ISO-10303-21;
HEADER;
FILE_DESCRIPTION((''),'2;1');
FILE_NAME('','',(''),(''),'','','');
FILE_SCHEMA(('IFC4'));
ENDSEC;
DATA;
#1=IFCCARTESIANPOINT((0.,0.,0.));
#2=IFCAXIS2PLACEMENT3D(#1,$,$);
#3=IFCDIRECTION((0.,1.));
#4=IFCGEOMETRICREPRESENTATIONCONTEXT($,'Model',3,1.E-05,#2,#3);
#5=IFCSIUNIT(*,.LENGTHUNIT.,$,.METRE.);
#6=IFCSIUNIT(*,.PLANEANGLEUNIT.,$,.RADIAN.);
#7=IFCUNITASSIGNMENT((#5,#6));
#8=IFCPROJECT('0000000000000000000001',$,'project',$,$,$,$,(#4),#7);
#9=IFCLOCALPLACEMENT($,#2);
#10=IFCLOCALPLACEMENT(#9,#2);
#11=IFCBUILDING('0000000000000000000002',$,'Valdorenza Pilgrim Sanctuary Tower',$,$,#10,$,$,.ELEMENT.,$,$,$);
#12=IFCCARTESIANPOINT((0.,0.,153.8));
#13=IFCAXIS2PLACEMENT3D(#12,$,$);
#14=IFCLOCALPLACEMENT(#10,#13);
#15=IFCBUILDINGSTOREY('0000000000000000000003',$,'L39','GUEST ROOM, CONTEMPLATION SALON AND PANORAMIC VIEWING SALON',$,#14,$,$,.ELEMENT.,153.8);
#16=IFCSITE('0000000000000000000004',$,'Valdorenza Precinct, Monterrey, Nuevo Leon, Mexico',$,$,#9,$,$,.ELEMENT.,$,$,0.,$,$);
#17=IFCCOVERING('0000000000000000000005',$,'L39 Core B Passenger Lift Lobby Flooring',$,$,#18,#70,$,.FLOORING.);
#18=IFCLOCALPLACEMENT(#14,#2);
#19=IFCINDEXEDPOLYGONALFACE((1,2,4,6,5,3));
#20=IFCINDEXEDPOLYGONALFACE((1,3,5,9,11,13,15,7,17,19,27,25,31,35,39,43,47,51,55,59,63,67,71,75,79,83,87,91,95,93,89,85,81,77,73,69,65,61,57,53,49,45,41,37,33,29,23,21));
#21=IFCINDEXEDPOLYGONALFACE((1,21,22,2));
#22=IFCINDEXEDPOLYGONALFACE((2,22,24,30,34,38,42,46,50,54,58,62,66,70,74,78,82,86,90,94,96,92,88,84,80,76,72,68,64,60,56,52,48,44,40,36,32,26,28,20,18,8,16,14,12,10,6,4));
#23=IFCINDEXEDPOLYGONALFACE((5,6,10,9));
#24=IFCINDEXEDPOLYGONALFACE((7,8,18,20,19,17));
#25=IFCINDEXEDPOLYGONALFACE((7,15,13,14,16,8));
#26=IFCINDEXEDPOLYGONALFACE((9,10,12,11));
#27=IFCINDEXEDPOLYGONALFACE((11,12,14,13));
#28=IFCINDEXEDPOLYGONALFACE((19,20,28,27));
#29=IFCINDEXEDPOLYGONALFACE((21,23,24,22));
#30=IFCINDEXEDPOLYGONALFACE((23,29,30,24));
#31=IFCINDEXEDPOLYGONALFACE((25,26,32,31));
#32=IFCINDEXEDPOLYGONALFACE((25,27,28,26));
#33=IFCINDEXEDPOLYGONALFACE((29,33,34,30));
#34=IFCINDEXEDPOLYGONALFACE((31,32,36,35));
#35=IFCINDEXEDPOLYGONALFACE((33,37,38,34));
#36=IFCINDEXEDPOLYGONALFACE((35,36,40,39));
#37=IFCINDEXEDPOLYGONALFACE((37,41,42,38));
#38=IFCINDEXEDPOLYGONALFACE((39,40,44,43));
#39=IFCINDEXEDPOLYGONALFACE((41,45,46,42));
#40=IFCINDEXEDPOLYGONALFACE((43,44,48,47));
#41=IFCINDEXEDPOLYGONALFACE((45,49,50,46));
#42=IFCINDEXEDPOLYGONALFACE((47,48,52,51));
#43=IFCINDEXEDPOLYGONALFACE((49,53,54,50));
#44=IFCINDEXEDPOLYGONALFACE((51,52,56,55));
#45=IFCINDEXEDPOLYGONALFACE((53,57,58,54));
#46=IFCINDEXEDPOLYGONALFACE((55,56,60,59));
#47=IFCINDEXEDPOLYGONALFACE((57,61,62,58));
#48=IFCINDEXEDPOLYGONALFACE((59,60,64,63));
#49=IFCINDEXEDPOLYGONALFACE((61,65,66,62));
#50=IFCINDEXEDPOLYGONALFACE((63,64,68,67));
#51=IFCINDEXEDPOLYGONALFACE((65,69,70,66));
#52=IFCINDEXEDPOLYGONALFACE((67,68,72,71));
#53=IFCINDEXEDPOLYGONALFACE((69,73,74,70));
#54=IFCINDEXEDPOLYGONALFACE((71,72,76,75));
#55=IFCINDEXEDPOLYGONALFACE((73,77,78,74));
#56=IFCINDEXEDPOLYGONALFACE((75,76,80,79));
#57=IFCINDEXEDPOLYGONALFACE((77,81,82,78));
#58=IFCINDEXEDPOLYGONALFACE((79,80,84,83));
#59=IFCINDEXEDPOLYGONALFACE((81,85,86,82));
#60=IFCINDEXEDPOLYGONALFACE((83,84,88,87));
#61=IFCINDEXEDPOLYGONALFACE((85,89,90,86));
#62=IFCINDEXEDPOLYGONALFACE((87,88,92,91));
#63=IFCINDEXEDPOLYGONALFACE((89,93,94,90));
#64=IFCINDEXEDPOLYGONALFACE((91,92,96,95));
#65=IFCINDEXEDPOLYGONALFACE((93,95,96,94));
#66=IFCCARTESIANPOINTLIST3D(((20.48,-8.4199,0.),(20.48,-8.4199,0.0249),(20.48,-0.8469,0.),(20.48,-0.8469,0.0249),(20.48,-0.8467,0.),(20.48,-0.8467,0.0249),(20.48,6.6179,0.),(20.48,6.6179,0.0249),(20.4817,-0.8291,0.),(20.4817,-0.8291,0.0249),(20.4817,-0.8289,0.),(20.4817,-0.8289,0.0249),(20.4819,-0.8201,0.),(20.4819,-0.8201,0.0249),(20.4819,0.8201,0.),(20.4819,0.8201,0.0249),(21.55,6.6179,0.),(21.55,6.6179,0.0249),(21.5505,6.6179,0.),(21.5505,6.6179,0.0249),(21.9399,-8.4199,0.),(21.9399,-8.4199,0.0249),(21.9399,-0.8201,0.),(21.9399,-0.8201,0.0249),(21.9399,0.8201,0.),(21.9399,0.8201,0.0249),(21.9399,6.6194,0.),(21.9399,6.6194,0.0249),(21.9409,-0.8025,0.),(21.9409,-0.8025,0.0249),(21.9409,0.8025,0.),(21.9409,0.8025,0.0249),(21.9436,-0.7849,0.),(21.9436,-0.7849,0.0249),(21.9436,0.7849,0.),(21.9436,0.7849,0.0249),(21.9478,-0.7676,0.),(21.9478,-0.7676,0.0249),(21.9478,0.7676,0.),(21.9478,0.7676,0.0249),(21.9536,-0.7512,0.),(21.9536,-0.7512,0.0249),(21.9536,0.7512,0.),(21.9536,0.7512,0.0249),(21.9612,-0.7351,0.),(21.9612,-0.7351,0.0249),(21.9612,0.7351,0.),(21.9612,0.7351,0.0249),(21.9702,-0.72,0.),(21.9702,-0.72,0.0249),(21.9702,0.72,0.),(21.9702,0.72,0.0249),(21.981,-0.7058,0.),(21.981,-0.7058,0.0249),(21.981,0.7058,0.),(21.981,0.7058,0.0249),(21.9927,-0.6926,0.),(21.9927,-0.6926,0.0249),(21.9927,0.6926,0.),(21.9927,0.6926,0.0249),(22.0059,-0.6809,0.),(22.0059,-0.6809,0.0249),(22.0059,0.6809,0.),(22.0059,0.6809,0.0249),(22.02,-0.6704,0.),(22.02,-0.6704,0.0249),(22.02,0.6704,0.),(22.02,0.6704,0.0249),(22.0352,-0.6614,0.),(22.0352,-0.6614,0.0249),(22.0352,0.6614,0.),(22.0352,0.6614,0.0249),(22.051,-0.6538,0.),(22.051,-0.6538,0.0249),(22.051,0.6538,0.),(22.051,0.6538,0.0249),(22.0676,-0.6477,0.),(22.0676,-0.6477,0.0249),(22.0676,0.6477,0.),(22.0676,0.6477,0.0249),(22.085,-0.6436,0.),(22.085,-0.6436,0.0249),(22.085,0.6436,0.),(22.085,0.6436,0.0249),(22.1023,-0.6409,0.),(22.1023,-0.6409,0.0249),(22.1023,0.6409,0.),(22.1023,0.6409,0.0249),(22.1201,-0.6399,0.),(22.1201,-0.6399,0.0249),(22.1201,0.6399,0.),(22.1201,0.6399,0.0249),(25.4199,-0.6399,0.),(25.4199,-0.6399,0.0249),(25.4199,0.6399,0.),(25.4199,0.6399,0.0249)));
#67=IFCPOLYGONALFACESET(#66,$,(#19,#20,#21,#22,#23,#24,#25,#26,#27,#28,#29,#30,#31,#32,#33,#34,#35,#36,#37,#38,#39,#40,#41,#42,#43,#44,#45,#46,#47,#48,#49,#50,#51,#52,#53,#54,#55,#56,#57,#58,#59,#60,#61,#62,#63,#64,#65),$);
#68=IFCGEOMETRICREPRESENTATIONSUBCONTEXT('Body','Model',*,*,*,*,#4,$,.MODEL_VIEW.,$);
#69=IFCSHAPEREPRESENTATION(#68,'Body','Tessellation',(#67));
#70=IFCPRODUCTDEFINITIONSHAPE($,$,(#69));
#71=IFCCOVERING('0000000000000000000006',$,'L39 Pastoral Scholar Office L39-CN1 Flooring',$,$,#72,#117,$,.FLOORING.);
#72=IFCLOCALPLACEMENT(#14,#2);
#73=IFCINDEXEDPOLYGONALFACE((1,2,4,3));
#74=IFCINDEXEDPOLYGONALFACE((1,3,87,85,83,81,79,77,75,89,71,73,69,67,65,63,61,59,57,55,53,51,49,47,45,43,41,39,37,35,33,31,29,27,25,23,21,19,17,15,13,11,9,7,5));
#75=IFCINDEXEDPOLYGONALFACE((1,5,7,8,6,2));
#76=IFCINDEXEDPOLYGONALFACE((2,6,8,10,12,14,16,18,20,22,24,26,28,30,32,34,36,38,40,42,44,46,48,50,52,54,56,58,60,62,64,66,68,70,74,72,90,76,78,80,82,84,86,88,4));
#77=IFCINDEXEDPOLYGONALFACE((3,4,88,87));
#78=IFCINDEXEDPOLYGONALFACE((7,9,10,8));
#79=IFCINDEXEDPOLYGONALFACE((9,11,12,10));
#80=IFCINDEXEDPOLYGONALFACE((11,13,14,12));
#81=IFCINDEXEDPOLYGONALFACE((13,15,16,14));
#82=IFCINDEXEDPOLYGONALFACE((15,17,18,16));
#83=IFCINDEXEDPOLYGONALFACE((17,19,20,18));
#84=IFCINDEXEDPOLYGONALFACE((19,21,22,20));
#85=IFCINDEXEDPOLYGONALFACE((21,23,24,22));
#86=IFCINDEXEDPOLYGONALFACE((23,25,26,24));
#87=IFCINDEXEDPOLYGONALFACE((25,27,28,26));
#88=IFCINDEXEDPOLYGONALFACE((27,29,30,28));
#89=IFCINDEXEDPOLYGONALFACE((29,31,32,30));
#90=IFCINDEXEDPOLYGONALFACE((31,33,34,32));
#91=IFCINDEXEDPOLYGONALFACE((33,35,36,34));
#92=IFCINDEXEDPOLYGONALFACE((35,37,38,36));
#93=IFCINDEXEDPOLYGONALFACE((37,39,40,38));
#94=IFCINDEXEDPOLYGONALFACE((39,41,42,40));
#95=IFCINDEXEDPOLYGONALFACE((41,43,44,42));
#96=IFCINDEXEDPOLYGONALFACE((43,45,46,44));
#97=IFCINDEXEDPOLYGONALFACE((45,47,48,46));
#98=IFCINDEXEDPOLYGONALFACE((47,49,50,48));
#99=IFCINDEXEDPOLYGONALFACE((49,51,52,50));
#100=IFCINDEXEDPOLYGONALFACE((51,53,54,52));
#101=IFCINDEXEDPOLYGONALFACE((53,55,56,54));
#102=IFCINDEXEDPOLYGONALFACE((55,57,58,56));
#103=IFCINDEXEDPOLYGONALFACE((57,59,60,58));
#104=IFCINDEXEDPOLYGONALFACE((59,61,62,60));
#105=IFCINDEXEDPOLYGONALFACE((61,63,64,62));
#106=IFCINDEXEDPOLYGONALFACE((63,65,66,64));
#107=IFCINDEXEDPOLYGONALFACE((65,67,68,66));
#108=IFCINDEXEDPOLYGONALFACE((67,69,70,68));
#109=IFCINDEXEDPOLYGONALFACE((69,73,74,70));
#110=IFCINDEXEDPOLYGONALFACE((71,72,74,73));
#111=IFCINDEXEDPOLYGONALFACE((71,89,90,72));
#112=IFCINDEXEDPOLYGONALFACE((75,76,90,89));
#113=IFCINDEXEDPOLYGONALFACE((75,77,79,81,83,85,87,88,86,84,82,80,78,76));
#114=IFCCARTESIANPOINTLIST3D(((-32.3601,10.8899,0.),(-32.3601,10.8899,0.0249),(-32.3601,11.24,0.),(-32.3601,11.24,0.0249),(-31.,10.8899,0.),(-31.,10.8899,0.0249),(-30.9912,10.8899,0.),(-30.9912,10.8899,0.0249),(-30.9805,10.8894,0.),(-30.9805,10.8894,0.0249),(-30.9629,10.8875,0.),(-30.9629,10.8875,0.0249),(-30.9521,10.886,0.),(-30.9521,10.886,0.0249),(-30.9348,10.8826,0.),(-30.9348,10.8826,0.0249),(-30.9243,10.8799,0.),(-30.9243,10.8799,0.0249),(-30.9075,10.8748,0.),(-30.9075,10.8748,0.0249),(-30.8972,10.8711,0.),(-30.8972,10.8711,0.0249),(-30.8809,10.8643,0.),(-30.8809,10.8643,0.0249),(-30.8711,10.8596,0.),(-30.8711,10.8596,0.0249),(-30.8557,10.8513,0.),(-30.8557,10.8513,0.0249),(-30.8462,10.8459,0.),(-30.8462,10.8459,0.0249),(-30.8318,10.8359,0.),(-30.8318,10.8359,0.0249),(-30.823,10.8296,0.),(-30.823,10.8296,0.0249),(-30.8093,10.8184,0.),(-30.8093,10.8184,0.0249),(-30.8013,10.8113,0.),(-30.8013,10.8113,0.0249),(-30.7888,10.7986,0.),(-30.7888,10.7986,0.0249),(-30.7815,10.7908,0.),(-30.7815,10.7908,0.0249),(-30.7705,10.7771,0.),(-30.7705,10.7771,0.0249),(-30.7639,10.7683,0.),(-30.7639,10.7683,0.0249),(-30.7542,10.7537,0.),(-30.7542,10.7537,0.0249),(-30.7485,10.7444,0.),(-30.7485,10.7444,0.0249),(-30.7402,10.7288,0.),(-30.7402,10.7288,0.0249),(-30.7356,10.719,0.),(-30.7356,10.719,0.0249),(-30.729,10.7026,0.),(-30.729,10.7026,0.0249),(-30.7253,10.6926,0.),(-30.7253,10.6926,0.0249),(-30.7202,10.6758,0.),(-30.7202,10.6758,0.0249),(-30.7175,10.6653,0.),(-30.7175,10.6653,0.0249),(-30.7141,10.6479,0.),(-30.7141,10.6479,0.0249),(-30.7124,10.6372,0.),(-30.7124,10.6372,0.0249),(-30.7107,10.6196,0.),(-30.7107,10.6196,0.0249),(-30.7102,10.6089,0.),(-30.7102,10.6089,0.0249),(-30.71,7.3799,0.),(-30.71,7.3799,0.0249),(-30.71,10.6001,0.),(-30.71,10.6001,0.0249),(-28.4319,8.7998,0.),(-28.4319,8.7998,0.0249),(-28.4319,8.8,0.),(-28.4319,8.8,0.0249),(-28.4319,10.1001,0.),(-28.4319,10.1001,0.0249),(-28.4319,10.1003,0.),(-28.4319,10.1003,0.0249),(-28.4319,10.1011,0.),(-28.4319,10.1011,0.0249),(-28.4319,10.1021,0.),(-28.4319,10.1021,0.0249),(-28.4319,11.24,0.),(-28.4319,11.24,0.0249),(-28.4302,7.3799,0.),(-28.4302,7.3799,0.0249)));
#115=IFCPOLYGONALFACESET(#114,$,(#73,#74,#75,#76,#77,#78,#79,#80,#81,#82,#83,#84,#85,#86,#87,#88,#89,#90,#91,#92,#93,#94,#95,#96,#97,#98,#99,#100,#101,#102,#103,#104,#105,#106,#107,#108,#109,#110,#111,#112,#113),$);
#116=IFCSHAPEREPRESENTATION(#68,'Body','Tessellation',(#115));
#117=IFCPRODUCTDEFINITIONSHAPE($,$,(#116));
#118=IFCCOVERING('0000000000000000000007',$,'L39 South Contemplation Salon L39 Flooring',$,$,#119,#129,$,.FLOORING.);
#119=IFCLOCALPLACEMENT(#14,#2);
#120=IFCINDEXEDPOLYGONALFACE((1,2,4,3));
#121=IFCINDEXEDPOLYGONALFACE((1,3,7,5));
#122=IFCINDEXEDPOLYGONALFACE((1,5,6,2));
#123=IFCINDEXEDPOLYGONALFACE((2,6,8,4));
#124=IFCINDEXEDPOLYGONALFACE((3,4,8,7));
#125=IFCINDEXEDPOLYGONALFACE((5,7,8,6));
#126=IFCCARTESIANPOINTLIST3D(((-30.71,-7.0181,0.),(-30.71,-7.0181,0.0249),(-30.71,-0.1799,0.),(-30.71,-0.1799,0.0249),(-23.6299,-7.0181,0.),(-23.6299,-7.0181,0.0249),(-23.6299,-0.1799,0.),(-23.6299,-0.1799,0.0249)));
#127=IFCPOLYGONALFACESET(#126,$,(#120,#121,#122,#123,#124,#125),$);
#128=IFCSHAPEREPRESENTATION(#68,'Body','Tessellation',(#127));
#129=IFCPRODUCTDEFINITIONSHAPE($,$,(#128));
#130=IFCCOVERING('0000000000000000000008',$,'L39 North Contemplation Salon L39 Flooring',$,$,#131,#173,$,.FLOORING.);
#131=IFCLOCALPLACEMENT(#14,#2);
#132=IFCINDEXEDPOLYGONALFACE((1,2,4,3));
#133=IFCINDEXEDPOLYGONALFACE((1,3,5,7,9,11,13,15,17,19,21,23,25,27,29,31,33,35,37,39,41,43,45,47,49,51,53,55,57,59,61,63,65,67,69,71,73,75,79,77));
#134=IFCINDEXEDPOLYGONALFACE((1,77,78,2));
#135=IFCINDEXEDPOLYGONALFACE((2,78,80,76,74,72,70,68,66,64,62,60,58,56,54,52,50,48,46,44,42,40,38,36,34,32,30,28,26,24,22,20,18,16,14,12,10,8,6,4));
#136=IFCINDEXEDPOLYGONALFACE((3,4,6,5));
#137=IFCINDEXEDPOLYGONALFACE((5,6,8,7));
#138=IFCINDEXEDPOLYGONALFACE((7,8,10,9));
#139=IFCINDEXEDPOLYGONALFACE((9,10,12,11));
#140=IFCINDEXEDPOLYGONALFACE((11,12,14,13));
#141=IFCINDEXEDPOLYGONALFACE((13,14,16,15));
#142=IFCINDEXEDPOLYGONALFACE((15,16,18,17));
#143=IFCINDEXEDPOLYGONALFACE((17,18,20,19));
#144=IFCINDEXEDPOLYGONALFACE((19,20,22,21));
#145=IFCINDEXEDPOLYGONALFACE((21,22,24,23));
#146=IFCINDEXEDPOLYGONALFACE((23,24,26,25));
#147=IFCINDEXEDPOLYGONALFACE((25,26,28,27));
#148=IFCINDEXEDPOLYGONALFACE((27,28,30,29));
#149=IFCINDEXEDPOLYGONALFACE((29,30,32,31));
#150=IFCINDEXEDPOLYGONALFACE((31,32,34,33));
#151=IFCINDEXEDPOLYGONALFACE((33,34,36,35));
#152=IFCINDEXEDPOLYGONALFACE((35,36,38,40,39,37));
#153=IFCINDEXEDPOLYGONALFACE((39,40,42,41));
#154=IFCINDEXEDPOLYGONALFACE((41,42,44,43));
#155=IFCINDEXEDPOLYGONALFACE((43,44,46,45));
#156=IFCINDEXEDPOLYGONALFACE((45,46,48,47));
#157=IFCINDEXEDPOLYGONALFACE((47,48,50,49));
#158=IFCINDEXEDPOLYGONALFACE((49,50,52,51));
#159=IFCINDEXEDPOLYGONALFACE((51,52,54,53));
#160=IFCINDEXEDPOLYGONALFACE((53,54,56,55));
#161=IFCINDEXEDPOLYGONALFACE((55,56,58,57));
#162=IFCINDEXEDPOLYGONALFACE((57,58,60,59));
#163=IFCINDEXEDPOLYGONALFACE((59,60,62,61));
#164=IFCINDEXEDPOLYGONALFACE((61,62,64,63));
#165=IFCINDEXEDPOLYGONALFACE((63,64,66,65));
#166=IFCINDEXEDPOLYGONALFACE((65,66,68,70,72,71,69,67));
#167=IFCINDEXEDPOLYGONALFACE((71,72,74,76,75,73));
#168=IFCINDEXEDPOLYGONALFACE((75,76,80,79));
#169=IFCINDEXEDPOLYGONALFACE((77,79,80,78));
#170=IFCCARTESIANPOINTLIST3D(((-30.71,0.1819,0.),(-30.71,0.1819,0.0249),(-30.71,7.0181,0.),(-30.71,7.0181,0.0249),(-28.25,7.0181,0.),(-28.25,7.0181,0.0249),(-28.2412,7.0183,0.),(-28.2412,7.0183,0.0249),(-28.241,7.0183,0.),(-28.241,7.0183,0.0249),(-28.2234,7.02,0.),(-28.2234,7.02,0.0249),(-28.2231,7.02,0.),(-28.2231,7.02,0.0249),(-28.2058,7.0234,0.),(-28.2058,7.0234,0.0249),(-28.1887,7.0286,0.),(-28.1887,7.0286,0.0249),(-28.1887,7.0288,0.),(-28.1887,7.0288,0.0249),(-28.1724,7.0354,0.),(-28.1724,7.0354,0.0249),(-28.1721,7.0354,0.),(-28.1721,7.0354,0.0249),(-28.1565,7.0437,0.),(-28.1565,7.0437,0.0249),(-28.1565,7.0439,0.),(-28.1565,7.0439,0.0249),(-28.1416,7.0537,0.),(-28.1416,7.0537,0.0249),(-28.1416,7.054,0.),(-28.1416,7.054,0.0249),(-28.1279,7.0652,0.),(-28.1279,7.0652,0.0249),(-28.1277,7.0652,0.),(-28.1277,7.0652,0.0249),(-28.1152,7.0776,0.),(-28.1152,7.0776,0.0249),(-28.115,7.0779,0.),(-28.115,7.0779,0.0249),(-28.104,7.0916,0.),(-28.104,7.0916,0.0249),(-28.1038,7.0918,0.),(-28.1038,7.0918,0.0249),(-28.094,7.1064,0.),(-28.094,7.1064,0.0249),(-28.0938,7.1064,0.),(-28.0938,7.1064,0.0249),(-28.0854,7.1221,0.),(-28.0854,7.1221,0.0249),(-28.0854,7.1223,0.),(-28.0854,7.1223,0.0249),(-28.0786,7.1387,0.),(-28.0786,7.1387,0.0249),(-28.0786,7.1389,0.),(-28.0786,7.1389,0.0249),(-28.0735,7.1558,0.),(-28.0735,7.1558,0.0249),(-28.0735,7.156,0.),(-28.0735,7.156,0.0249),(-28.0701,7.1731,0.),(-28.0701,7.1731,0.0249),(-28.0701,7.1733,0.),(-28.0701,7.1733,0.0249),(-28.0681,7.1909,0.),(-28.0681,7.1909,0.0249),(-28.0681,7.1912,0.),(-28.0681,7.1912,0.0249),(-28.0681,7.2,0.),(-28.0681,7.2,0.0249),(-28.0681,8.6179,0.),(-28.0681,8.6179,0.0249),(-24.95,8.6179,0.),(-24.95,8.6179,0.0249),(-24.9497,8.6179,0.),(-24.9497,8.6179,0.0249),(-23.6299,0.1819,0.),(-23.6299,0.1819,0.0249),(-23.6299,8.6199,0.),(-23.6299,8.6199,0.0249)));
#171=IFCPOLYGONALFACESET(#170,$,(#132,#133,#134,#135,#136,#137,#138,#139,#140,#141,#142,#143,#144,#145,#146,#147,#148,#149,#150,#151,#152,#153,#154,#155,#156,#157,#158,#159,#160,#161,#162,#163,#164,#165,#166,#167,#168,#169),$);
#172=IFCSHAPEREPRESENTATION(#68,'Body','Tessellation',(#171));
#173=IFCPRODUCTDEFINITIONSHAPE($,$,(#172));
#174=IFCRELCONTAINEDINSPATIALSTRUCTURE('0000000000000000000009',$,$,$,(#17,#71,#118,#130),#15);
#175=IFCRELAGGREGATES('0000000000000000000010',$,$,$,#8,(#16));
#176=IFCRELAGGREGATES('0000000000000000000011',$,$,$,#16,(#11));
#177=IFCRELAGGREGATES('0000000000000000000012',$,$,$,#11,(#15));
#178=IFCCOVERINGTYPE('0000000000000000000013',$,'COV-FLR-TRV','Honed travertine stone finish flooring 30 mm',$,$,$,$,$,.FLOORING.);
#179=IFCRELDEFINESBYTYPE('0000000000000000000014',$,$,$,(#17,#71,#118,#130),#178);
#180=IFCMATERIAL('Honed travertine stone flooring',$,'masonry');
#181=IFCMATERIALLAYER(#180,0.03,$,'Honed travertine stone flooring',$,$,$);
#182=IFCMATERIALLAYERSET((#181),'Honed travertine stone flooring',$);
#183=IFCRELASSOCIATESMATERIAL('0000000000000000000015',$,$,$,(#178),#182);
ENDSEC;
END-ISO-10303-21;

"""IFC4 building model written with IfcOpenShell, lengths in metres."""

from ifc_helpers import new_model, si_unit, direction, frame, origin, place, context, subcontext, project, spatial, polyline, outline, extrude, material, layer, layer_set, type_object, element, save


model = new_model("IFC4")

# Units and contexts
model_context = context("Model", 3, precision=1e-05, world=origin(), true_north=direction((0.0, 1.0)))
body_context = subcontext(model_context, "Body", "Model", "MODEL_VIEW")
ifc_project = project(units=[si_unit("LENGTHUNIT", "METRE"), si_unit("PLANEANGLEUNIT", "RADIAN")], contexts=[model_context])

# Site, building, storey
site_placement = place(None, origin())
site = spatial("IfcSite", under=ifc_project, at=site_placement, Name="Valdorenza Precinct, Monterrey, Nuevo Leon, Mexico", CompositionType="ELEMENT", RefElevation=0.0)
building_placement = place(site_placement, origin())
building = spatial("IfcBuilding", under=site, at=building_placement, Name="Valdorenza Pilgrim Sanctuary Tower", CompositionType="ELEMENT")
storey_placement = place(building_placement, frame((0.0, 0.0, 153.8)))
storey = spatial("IfcBuildingStorey", under=building, at=storey_placement, Name="L39", Description="GUEST ROOM, CONTEMPLATION SALON AND PANORAMIC VIEWING SALON", CompositionType="ELEMENT", Elevation=153.8)

# Coverings
ifc_material_1 = material(Name="Honed travertine stone flooring", Category="masonry")
ifc_layer_1 = layer(ifc_material_1, 0.03, Name="Honed travertine stone flooring")
ifc_layer_set_1 = layer_set([ifc_layer_1], Name="Honed travertine stone flooring")
covering_type_1 = type_object("IfcCoveringType", Name="COV-FLR-TRV", Description="Honed travertine stone finish flooring 30 mm", PredefinedType="FLOORING", material=ifc_layer_set_1)
covering_1_placement = place(storey_placement, origin())
element("IfcCovering", 1, at=covering_1_placement, inside=storey, type_object=covering_type_1, Name="L39 Core B Passenger Lift Lobby Flooring", PredefinedType="FLOORING", context=body_context, shape_type="SweptSolid", body=[
    extrude(outline(polyline([(20.48, 6.6179), (21.55, 6.6179), (21.5505, 6.6179), (21.9399, 6.6194), (21.9399, 0.8201), (21.9409, 0.8025), (21.9436, 0.7849), (21.9478, 0.7676), (21.9536, 0.7512), (21.9612, 0.7351), (21.9702, 0.72), (21.981, 0.7058), (21.9927, 0.6926), (22.0059, 0.6809), (22.02, 0.6704), (22.0352, 0.6614), (22.051, 0.6538), (22.0676, 0.6477), (22.085, 0.6436), (22.1023, 0.6409), (22.1201, 0.6399), (25.4199, 0.6399), (25.4199, -0.6399), (22.1201, -0.6399), (22.1023, -0.6409), (22.085, -0.6436), (22.0676, -0.6477), (22.051, -0.6538), (22.0352, -0.6614), (22.02, -0.6704), (22.0059, -0.6809), (21.9927, -0.6926), (21.981, -0.7058), (21.9702, -0.72), (21.9612, -0.7351), (21.9536, -0.7512), (21.9478, -0.7676), (21.9436, -0.7849), (21.9409, -0.8025), (21.9399, -0.8201), (21.9399, -8.4199), (20.48, -8.4199), (20.48, -0.8469), (20.48, -0.8467), (20.48, -0.8467), (20.4817, -0.8291), (20.4817, -0.8289), (20.4819, -0.8201), (20.4819, 0.8201), (20.48, 6.6179)])), origin(), (0.0, 0.0, 1.0), 0.0249),
])
covering_2_placement = place(storey_placement, origin())
element("IfcCovering", 2, at=covering_2_placement, inside=storey, type_object=covering_type_1, Name="L39 Pastoral Scholar Office L39-CN1 Flooring", PredefinedType="FLOORING", context=body_context, shape_type="SweptSolid", body=[
    extrude(outline(polyline([(-28.4319, 11.24), (-28.4319, 10.1021), (-28.4319, 10.1011), (-28.4319, 10.1003), (-28.4319, 10.1001), (-28.4319, 8.8), (-28.4319, 8.7998), (-28.4302, 7.3799), (-30.71, 7.3799), (-30.71, 10.6001), (-30.7102, 10.6089), (-30.7107, 10.6196), (-30.7124, 10.6372), (-30.7141, 10.6479), (-30.7175, 10.6653), (-30.7202, 10.6758), (-30.7253, 10.6926), (-30.729, 10.7026), (-30.7356, 10.719), (-30.7402, 10.7288), (-30.7485, 10.7444), (-30.7542, 10.7537), (-30.7639, 10.7683), (-30.7705, 10.7771), (-30.7815, 10.7908), (-30.7888, 10.7986), (-30.8013, 10.8113), (-30.8093, 10.8184), (-30.823, 10.8296), (-30.8318, 10.8359), (-30.8462, 10.8459), (-30.8557, 10.8513), (-30.8711, 10.8596), (-30.8809, 10.8643), (-30.8972, 10.8711), (-30.9075, 10.8748), (-30.9243, 10.8799), (-30.9348, 10.8826), (-30.9521, 10.886), (-30.9629, 10.8875), (-30.9805, 10.8894), (-30.9912, 10.8899), (-31.0, 10.8899), (-32.3601, 10.8899), (-32.3601, 11.24), (-28.4319, 11.24)])), origin(), (0.0, 0.0, 1.0), 0.0249),
])
covering_3_placement = place(storey_placement, origin())
element("IfcCovering", 3, at=covering_3_placement, inside=storey, type_object=covering_type_1, Name="L39 South Contemplation Salon L39 Flooring", PredefinedType="FLOORING", context=body_context, shape_type="SweptSolid", body=[
    extrude(outline(polyline([(-23.6299, -7.0181), (-30.71, -7.0181), (-30.71, -0.1799), (-23.6299, -0.1799), (-23.6299, -7.0181)])), origin(), (0.0, 0.0, 1.0), 0.0249),
])
covering_4_placement = place(storey_placement, origin())
element("IfcCovering", 4, at=covering_4_placement, inside=storey, type_object=covering_type_1, Name="L39 North Contemplation Salon L39 Flooring", PredefinedType="FLOORING", context=body_context, shape_type="SweptSolid", body=[
    extrude(outline(polyline([(-23.6299, 8.6199), (-23.6299, 0.1819), (-30.71, 0.1819), (-30.71, 7.0181), (-28.25, 7.0181), (-28.2412, 7.0183), (-28.241, 7.0183), (-28.2234, 7.02), (-28.2231, 7.02), (-28.2058, 7.0234), (-28.2058, 7.0234), (-28.1887, 7.0286), (-28.1887, 7.0288), (-28.1724, 7.0354), (-28.1721, 7.0354), (-28.1565, 7.0437), (-28.1565, 7.0439), (-28.1416, 7.0537), (-28.1416, 7.054), (-28.1279, 7.0652), (-28.1277, 7.0652), (-28.1152, 7.0776), (-28.115, 7.0779), (-28.104, 7.0916), (-28.1038, 7.0918), (-28.094, 7.1064), (-28.0938, 7.1064), (-28.0854, 7.1221), (-28.0854, 7.1223), (-28.0786, 7.1387), (-28.0786, 7.1389), (-28.0735, 7.1558), (-28.0735, 7.156), (-28.0701, 7.1731), (-28.0701, 7.1733), (-28.0681, 7.1909), (-28.0681, 7.1912), (-28.0681, 7.2), (-28.0681, 8.6179), (-24.95, 8.6179), (-24.9497, 8.6179), (-23.6299, 8.6199)])), origin(), (0.0, 0.0, 1.0), 0.0249),
])

save(model, "model.ifc")
